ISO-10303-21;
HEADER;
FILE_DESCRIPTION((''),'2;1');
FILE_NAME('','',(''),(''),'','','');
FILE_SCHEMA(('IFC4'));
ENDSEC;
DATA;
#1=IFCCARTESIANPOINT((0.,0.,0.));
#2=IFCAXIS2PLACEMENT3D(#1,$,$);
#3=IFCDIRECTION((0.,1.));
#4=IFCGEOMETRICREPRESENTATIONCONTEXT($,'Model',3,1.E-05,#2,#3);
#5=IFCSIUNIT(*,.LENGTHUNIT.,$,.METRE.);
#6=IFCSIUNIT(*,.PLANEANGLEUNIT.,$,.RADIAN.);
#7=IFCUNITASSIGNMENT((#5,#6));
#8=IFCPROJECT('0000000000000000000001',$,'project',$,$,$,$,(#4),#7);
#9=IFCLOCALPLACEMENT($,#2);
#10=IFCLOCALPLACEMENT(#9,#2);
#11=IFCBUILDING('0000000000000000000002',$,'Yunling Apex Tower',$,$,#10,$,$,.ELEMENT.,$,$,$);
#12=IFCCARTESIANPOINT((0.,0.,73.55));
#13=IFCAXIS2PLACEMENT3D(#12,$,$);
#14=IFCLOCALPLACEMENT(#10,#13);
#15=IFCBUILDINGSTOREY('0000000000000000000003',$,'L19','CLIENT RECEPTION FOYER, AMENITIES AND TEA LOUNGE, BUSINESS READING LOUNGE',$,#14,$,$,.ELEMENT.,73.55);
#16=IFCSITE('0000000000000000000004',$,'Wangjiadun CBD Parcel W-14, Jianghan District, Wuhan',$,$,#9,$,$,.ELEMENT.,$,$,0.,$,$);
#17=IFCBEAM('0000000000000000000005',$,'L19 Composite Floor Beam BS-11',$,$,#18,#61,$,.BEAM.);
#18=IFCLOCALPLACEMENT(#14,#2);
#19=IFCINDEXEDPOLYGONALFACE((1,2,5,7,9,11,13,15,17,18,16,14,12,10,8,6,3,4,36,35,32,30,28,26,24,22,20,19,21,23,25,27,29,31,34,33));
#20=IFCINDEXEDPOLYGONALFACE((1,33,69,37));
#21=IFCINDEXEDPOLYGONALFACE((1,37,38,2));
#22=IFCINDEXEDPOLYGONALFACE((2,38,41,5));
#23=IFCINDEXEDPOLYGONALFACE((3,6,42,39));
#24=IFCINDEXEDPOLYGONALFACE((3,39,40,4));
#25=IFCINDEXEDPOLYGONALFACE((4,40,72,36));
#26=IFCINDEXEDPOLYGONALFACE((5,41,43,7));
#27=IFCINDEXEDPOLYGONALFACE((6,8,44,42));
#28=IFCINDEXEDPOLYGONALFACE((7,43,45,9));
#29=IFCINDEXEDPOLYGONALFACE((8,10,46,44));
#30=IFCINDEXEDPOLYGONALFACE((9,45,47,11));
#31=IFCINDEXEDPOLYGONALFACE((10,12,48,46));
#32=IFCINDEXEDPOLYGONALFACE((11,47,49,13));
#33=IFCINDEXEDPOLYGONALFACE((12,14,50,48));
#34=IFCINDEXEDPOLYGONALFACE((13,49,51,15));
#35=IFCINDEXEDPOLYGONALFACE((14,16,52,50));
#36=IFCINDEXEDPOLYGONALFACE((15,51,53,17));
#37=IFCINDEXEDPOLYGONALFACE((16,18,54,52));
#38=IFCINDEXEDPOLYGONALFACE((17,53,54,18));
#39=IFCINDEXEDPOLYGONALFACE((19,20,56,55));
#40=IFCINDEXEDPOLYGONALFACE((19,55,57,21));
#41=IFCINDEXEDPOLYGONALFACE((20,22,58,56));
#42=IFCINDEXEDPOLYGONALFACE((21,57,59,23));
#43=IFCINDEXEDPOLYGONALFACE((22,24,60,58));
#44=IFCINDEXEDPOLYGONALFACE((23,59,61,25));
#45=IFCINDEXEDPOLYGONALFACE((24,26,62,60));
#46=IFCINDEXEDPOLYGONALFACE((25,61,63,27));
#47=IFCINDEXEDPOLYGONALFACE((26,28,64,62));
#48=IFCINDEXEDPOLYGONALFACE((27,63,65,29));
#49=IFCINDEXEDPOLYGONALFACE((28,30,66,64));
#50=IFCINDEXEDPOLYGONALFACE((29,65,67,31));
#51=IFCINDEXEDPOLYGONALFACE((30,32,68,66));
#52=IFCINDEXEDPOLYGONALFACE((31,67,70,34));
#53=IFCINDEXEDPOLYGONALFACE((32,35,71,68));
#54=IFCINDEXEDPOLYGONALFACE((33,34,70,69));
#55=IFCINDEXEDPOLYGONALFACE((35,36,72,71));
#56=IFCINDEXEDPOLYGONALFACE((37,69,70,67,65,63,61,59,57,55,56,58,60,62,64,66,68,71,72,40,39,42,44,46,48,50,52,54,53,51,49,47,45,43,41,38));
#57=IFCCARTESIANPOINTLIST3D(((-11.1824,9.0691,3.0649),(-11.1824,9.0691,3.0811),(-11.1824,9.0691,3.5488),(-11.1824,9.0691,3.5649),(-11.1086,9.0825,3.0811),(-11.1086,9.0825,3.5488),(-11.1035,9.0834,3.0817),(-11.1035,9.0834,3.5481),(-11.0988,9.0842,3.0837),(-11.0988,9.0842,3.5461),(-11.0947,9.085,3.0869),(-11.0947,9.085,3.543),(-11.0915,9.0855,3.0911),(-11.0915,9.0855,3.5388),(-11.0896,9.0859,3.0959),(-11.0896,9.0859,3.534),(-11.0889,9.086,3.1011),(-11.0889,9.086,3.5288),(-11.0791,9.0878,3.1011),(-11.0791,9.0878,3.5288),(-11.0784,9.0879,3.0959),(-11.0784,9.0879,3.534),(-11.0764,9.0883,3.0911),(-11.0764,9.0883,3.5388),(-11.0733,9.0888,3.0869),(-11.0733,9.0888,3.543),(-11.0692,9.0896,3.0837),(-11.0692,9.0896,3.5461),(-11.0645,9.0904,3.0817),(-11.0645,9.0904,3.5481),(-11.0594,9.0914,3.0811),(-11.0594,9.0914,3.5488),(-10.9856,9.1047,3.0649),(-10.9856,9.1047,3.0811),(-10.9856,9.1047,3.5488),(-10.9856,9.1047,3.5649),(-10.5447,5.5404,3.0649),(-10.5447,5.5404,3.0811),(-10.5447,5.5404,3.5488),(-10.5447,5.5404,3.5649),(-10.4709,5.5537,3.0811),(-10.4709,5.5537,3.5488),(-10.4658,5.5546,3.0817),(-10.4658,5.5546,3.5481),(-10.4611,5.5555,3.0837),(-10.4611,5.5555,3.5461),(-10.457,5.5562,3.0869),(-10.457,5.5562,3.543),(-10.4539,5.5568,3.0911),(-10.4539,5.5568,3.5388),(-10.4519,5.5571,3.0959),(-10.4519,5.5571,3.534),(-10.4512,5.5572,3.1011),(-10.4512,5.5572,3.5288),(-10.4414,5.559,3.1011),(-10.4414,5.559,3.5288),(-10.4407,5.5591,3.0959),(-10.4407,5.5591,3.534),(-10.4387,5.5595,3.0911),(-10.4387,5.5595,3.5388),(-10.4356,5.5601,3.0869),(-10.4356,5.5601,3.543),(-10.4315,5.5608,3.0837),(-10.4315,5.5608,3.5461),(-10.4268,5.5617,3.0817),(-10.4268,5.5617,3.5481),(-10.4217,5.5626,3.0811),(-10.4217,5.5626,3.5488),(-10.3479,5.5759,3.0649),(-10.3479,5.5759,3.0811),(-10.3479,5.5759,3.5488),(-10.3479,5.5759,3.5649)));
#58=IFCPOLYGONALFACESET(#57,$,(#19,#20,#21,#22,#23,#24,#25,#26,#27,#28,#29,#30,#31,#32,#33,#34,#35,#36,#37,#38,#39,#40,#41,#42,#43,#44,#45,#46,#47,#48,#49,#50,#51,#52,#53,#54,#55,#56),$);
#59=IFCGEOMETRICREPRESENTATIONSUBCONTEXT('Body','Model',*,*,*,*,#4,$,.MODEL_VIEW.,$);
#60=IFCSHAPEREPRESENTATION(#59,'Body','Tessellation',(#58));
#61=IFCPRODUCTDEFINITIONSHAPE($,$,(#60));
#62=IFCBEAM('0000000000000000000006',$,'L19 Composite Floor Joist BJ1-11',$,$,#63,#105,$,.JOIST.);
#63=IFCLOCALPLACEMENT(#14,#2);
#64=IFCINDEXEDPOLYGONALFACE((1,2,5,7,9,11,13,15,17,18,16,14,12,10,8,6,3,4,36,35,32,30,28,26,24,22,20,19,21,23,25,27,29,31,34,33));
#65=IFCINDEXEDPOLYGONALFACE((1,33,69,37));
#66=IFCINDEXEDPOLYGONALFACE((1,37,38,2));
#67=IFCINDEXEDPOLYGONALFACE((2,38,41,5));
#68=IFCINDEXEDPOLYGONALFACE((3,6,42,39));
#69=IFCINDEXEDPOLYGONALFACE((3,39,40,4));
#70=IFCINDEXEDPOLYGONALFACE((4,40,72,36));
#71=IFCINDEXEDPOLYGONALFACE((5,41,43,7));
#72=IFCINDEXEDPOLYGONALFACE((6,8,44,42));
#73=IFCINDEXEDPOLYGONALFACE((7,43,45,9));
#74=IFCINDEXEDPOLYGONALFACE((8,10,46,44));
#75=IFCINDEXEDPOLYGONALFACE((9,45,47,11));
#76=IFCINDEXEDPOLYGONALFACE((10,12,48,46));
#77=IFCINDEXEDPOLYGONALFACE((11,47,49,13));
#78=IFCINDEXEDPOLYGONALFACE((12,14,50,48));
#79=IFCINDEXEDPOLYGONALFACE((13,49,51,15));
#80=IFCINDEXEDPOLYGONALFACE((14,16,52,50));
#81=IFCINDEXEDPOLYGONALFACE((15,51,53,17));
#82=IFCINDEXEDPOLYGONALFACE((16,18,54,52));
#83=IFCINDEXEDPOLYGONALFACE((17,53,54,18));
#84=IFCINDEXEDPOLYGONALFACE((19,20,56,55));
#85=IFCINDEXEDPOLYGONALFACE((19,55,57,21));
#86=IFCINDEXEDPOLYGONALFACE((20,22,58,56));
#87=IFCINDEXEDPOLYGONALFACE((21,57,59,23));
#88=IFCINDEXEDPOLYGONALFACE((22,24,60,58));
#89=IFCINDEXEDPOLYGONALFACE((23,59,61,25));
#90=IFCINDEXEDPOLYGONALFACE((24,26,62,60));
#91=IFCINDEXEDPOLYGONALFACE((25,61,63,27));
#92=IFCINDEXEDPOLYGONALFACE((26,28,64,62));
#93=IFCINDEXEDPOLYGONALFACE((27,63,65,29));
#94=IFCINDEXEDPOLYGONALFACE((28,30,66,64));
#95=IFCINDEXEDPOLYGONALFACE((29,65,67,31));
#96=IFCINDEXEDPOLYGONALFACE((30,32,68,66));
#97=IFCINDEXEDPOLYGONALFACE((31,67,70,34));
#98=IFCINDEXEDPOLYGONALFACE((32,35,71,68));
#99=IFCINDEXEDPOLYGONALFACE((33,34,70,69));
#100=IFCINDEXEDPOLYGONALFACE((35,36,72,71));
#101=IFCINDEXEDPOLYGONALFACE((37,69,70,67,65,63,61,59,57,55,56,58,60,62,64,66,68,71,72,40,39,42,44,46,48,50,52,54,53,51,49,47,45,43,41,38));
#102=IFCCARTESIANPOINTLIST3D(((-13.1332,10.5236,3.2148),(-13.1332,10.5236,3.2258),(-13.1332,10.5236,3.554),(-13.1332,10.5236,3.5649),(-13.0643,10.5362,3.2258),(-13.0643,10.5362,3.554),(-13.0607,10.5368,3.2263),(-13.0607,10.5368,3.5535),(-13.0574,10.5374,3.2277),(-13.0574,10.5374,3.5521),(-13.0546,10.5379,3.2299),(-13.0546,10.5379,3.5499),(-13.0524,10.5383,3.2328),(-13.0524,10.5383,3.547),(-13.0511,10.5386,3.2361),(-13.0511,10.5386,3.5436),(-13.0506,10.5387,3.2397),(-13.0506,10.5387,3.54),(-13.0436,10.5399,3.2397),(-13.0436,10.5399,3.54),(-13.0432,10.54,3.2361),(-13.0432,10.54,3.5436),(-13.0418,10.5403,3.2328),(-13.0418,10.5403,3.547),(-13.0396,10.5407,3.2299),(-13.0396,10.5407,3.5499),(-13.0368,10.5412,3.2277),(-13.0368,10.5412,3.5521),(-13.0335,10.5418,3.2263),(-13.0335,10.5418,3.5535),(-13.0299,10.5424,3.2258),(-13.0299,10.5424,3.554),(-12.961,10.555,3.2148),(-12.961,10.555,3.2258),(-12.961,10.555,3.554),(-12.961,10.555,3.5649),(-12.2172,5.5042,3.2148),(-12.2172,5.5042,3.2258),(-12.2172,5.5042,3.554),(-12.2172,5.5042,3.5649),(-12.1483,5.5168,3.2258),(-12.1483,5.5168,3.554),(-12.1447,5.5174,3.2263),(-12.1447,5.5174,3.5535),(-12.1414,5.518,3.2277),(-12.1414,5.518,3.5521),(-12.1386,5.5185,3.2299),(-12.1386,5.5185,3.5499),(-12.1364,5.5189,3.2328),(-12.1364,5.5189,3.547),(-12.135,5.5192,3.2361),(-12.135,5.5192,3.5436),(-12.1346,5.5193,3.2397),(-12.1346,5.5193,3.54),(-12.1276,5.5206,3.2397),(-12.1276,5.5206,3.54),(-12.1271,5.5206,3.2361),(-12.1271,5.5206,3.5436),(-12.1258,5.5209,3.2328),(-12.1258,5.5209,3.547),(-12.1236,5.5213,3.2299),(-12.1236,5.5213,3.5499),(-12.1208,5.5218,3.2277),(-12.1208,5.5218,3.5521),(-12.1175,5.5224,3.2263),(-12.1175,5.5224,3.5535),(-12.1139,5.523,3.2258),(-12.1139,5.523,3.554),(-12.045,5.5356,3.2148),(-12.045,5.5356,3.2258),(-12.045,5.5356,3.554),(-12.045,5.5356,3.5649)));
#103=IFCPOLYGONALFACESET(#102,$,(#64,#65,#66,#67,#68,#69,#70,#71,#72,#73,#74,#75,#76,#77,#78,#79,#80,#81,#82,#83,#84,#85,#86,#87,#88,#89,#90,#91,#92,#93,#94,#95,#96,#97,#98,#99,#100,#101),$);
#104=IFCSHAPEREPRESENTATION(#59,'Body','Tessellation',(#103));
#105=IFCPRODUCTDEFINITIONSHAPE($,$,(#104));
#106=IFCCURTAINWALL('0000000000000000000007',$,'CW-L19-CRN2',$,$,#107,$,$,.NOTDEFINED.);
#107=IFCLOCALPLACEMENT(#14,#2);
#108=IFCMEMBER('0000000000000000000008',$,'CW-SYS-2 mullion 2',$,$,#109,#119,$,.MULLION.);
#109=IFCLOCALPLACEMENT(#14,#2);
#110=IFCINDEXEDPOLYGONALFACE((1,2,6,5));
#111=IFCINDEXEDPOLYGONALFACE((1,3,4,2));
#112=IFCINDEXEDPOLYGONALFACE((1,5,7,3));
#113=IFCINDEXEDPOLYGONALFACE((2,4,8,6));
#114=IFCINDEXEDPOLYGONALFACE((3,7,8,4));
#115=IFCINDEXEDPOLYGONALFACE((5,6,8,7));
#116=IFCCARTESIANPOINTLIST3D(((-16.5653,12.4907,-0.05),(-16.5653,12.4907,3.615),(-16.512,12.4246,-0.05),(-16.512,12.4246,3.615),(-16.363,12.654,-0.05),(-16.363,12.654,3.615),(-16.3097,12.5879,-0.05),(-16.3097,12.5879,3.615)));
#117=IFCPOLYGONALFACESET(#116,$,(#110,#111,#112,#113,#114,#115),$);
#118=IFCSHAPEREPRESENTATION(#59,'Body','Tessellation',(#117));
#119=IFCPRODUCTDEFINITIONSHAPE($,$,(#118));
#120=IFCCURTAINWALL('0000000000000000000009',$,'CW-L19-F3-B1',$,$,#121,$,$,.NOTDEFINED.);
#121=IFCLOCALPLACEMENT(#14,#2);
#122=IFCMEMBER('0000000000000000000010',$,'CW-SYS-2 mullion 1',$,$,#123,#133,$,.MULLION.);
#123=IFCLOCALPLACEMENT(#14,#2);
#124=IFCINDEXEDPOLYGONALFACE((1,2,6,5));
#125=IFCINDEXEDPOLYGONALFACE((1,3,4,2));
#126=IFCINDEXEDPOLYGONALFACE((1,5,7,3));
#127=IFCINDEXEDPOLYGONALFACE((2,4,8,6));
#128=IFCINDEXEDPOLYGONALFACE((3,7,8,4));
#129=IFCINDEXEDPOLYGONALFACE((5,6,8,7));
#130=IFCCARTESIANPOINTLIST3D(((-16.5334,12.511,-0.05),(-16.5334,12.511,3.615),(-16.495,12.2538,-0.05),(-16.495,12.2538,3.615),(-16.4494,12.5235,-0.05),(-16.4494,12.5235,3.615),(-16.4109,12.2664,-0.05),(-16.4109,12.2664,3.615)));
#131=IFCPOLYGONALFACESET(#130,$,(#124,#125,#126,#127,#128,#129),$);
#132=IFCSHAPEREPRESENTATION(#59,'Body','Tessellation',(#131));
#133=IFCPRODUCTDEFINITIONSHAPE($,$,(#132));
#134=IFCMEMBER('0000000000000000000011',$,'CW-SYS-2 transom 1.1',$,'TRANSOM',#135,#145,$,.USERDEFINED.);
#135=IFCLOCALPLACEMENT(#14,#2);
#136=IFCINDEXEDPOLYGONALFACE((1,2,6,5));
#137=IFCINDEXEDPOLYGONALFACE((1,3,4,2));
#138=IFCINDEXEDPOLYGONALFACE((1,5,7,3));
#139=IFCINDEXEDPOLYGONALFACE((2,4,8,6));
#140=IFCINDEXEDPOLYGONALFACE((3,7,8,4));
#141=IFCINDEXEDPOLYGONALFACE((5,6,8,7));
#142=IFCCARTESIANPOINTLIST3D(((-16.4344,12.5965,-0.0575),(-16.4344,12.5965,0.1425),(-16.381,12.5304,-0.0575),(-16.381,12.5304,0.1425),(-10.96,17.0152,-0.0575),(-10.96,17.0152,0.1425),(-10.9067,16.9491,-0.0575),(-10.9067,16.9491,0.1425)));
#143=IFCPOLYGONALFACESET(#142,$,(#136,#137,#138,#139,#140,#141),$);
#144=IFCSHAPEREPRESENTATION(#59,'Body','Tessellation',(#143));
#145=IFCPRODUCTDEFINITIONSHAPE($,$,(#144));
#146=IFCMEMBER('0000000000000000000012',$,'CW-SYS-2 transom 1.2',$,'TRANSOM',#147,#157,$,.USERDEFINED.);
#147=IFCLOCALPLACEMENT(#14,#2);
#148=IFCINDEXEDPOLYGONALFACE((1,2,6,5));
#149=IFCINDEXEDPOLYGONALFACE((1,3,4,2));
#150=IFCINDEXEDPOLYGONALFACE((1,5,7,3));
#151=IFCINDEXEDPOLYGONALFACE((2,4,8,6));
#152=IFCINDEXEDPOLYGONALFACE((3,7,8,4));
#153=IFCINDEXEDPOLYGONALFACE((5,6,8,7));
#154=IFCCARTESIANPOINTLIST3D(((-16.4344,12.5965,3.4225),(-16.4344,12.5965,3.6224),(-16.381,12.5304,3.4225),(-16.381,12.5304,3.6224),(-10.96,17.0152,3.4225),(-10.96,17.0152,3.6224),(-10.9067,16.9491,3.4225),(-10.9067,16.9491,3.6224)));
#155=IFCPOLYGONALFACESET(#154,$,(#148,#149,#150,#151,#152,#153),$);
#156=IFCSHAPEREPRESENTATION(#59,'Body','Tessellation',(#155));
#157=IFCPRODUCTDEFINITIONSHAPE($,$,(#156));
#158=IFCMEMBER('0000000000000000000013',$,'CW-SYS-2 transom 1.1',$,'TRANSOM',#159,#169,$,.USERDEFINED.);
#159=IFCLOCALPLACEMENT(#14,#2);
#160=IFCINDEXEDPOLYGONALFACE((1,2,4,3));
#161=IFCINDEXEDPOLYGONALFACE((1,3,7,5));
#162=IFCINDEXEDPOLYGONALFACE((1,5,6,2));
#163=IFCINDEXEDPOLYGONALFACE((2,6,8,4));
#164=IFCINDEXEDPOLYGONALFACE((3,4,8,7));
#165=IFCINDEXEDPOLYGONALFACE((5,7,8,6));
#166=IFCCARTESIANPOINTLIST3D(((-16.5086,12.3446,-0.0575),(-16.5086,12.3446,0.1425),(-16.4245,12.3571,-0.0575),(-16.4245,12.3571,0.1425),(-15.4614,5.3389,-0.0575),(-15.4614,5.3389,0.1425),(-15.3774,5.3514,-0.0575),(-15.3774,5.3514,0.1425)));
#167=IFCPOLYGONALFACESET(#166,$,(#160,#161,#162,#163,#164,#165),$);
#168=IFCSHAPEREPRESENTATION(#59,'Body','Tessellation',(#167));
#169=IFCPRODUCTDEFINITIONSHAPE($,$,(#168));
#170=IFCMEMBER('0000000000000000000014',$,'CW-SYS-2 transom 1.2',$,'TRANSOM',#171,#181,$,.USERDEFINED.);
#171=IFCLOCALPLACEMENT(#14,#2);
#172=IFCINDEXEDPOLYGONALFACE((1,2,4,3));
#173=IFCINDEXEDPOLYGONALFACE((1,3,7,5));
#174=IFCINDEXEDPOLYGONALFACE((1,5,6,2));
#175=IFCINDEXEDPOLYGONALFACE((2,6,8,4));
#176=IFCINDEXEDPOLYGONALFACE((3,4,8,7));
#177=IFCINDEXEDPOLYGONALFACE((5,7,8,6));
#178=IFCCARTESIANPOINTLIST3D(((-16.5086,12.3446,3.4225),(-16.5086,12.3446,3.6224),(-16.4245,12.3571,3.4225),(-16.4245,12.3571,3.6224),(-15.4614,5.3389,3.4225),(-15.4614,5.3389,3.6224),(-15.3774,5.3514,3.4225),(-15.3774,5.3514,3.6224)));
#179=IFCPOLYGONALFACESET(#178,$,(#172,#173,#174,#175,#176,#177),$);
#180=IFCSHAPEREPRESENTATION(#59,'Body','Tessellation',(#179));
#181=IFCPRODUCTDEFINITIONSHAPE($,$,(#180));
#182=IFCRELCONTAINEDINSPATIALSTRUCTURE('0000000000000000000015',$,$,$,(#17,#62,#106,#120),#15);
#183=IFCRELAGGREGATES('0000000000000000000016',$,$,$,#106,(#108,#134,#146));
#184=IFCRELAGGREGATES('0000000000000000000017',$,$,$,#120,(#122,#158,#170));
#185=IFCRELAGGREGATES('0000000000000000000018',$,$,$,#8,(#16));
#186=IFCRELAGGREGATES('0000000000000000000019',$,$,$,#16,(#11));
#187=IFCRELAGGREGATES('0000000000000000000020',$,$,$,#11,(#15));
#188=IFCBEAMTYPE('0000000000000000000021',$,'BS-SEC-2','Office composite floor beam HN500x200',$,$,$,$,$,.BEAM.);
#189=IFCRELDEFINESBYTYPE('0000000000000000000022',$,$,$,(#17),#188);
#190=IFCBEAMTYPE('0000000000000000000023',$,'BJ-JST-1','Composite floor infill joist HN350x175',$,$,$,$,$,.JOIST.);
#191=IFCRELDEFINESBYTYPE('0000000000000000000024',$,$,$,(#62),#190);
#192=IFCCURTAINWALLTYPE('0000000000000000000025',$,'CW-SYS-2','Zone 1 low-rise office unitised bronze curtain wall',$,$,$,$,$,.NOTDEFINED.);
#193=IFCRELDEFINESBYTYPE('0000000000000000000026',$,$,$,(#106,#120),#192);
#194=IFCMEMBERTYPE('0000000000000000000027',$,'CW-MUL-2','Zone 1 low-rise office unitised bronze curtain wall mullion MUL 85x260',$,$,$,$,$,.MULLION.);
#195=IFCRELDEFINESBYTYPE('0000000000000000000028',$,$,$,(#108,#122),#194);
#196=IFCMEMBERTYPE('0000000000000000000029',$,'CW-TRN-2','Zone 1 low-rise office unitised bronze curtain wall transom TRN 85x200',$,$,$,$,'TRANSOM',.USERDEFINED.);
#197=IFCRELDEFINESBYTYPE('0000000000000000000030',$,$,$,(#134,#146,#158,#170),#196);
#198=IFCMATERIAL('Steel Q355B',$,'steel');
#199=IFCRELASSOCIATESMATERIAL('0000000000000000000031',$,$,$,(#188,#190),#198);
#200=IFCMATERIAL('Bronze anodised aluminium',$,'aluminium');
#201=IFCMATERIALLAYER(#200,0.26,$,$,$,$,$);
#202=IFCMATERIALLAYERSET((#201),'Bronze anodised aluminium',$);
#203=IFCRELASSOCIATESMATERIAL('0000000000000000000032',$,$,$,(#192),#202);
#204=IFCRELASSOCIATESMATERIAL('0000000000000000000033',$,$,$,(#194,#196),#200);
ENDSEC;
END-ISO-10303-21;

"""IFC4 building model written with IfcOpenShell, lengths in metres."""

from ifc_helpers import new_model, si_unit, direction, frame, origin, origin_2d, place, context, subcontext, project, spatial, rectangle, i_section, extrude, source, transform, mapped, material, layer, layer_set, material_profile, profile_set, type_object, element, aggregate, save


model = new_model("IFC4")

# Units and contexts
model_context = context("Model", 3, precision=1e-05, world=origin(), true_north=direction((0.0, 1.0)))
body_context = subcontext(model_context, "Body", "Model", "MODEL_VIEW")
ifc_project = project(units=[si_unit("LENGTHUNIT", "METRE"), si_unit("PLANEANGLEUNIT", "RADIAN")], contexts=[model_context])

# Site, building, storey
site_placement = place(None, origin())
site = spatial("IfcSite", under=ifc_project, at=site_placement, Name="Wangjiadun CBD Parcel W-14, Jianghan District, Wuhan", CompositionType="ELEMENT", RefElevation=0.0)
building_placement = place(site_placement, origin())
building = spatial("IfcBuilding", under=site, at=building_placement, Name="Yunling Apex Tower", CompositionType="ELEMENT")
storey_placement = place(building_placement, frame((0.0, 0.0, 73.55)))
storey = spatial("IfcBuildingStorey", under=building, at=storey_placement, Name="L19", Description="CLIENT RECEPTION FOYER, AMENITIES AND TEA LOUNGE, BUSINESS READING LOUNGE", CompositionType="ELEMENT", Elevation=73.55)

# Beams
ifc_material_1 = material(Name="Steel Q355B", Category="steel")
ifc_material_profile_1 = material_profile(ifc_material_1, i_section(OverallWidth=0.2, OverallDepth=0.5, WebThickness=0.01, FlangeThickness=0.0161, FilletRadius=0.02, at=origin_2d()))
ifc_profile_set_1 = profile_set([ifc_material_profile_1], Name="Steel Q355B")
beam_type_1 = type_object("IfcBeamType", Name="BS-SEC-2", Description="Office composite floor beam HN500x200", PredefinedType="BEAM", material=ifc_profile_set_1)
shared_shape_1 = source(origin(), body_context, "Body", "SweptSolid", [
    extrude(i_section(OverallWidth=0.2, OverallDepth=0.5, WebThickness=0.01, FlangeThickness=0.0161, FilletRadius=0.02, at=origin_2d()), origin(), (0.0, 0.0, 1.0), 3.5859),
])
beam_1_placement = place(storey_placement, frame((-11.084, 9.0869, 3.3149), z_axis=(0.177831, -0.984061, 0.0), x_axis=(0.984061, 0.177831, 0.0)))
element("IfcBeam", 1, at=beam_1_placement, inside=storey, type_object=beam_type_1, Name="L19 Composite Floor Beam BS-11", PredefinedType="BEAM", context=body_context, shape_type="MappedRepresentation", body=[
    mapped(shared_shape_1, transform((0.0, 0.0, 0.0), scale=1.0)),
])
ifc_material_profile_2 = material_profile(ifc_material_1, i_section(OverallWidth=0.175, OverallDepth=0.3501, WebThickness=0.0071, FlangeThickness=0.011, FilletRadius=0.0139, at=origin_2d()))
ifc_profile_set_2 = profile_set([ifc_material_profile_2], Name="Steel Q355B")
beam_type_2 = type_object("IfcBeamType", Name="BJ-JST-1", Description="Composite floor infill joist HN350x175", PredefinedType="JOIST", material=ifc_profile_set_2)
shared_shape_2 = source(origin(), body_context, "Body", "SweptSolid", [
    extrude(i_section(OverallWidth=0.175, OverallDepth=0.3501, WebThickness=0.0071, FlangeThickness=0.011, FilletRadius=0.0139, at=origin_2d()), origin(), (0.0, 0.0, 1.0), 5.1023),
])
beam_2_placement = place(storey_placement, frame((-13.0471, 10.5393, 3.3899), z_axis=(0.179534, -0.983752, 0.0), x_axis=(0.983752, 0.179534, 0.0)))
element("IfcBeam", 2, at=beam_2_placement, inside=storey, type_object=beam_type_2, Name="L19 Composite Floor Joist BJ1-11", PredefinedType="JOIST", context=body_context, shape_type="MappedRepresentation", body=[
    mapped(shared_shape_2, transform((0.0, 0.0, 0.0), scale=1.0)),
])

# Curtain walls, members
ifc_material_2 = material(Name="Bronze anodised aluminium", Category="aluminium")
ifc_layer_1 = layer(ifc_material_2, 0.26)
ifc_layer_set_1 = layer_set([ifc_layer_1], Name="Bronze anodised aluminium")
curtain_wall_type = type_object("IfcCurtainWallType", Name="CW-SYS-2", Description="Zone 1 low-rise office unitised bronze curtain wall", PredefinedType="NOTDEFINED", material=ifc_layer_set_1)
curtain_wall_1_placement = place(storey_placement, origin())
curtain_wall_1 = element("IfcCurtainWall", 3, at=curtain_wall_1_placement, inside=storey, type_object=curtain_wall_type, Name="CW-L19-CRN2", PredefinedType="NOTDEFINED")
ifc_material_profile_3 = material_profile(ifc_material_2, rectangle(XDim=0.085, YDim=0.26, at=origin_2d()))
ifc_profile_set_3 = profile_set([ifc_material_profile_3], Name="Bronze anodised aluminium")
member_type_1 = type_object("IfcMemberType", Name="CW-MUL-2", Description="Zone 1 low-rise office unitised bronze curtain wall mullion MUL 85x260", PredefinedType="MULLION", material=ifc_profile_set_3)
shared_shape_3 = source(origin(), body_context, "Body", "SweptSolid", [
    extrude(rectangle(XDim=0.085, YDim=0.26, at=origin_2d()), origin(), (0.0, 0.0, 1.0), 3.665),
])
member_1_placement = place(storey_placement, frame((-16.4375, 12.5393, -0.05), z_axis=(0.0, 0.0, 1.0), x_axis=(0.62808, -0.778149, 0.0)))
member_1 = element("IfcMember", 4, at=member_1_placement, type_object=member_type_1, Name="CW-SYS-2 mullion 2", PredefinedType="MULLION", context=body_context, shape_type="MappedRepresentation", body=[
    mapped(shared_shape_3, transform((0.0, 0.0, 0.0), scale=1.0)),
])
curtain_wall_2_placement = place(storey_placement, origin())
curtain_wall_2 = element("IfcCurtainWall", 5, at=curtain_wall_2_placement, inside=storey, type_object=curtain_wall_type, Name="CW-L19-F3-B1", PredefinedType="NOTDEFINED")
member_2_placement = place(storey_placement, frame((-16.4722, 12.3887, -0.05), z_axis=(0.0, 0.0, 1.0), x_axis=(0.989017, 0.147799, 0.0)))
member_2 = element("IfcMember", 6, at=member_2_placement, type_object=member_type_1, Name="CW-SYS-2 mullion 1", PredefinedType="MULLION", context=body_context, shape_type="MappedRepresentation", body=[
    mapped(shared_shape_3, transform((0.0, 0.0, 0.0), scale=1.0)),
])

# Members
ifc_material_profile_4 = material_profile(ifc_material_2, rectangle(XDim=0.085, YDim=0.2, at=origin_2d()))
ifc_profile_set_4 = profile_set([ifc_material_profile_4], Name="Bronze anodised aluminium")
member_type_2 = type_object("IfcMemberType", Name="CW-TRN-2", Description="Zone 1 low-rise office unitised bronze curtain wall transom TRN 85x200", ElementType="TRANSOM", PredefinedType="USERDEFINED", material=ifc_profile_set_4)
shared_shape_4 = source(origin(), body_context, "Body", "SweptSolid", [
    extrude(rectangle(XDim=0.085, YDim=0.2, at=origin_2d()), origin(), (0.0, 0.0, 1.0), 7.0352),
])
member_3_placement = place(storey_placement, frame((-10.9333, 16.9822, 0.0425), z_axis=(-0.778143, -0.628087, 0.0), x_axis=(0.628087, -0.778143, 0.0)))
member_3 = element("IfcMember", 7, at=member_3_placement, type_object=member_type_2, Name="CW-SYS-2 transom 1.1", ObjectType="TRANSOM", PredefinedType="USERDEFINED", context=body_context, shape_type="MappedRepresentation", body=[
    mapped(shared_shape_4, transform((0.0, 0.0, 0.0), scale=1.0)),
])
member_4_placement = place(storey_placement, frame((-10.9333, 16.9822, 3.5225), z_axis=(-0.778143, -0.628087, 0.0), x_axis=(0.628087, -0.778143, 0.0)))
member_4 = element("IfcMember", 8, at=member_4_placement, type_object=member_type_2, Name="CW-SYS-2 transom 1.2", ObjectType="TRANSOM", PredefinedType="USERDEFINED", context=body_context, shape_type="MappedRepresentation", body=[
    mapped(shared_shape_4, transform((0.0, 0.0, 0.0), scale=1.0)),
])
shared_shape_5 = source(origin(), body_context, "Body", "SweptSolid", [
    extrude(rectangle(XDim=0.085, YDim=0.2, at=origin_2d()), origin(), (0.0, 0.0, 1.0), 7.0835),
])
member_5_placement = place(storey_placement, frame((-16.4666, 12.3508, 0.0425), z_axis=(0.147826, -0.989013, 0.0), x_axis=(0.989013, 0.147826, 0.0)))
member_5 = element("IfcMember", 9, at=member_5_placement, type_object=member_type_2, Name="CW-SYS-2 transom 1.1", ObjectType="TRANSOM", PredefinedType="USERDEFINED", context=body_context, shape_type="MappedRepresentation", body=[
    mapped(shared_shape_5, transform((0.0, 0.0, 0.0), scale=1.0)),
])
member_6_placement = place(storey_placement, frame((-16.4666, 12.3508, 3.5225), z_axis=(0.147826, -0.989013, 0.0), x_axis=(0.989013, 0.147826, 0.0)))
member_6 = element("IfcMember", 10, at=member_6_placement, type_object=member_type_2, Name="CW-SYS-2 transom 1.2", ObjectType="TRANSOM", PredefinedType="USERDEFINED", context=body_context, shape_type="MappedRepresentation", body=[
    mapped(shared_shape_5, transform((0.0, 0.0, 0.0), scale=1.0)),
])

aggregate(curtain_wall_1, [member_1, member_3, member_4])
aggregate(curtain_wall_2, [member_2, member_5, member_6])

save(model, "model.ifc")
